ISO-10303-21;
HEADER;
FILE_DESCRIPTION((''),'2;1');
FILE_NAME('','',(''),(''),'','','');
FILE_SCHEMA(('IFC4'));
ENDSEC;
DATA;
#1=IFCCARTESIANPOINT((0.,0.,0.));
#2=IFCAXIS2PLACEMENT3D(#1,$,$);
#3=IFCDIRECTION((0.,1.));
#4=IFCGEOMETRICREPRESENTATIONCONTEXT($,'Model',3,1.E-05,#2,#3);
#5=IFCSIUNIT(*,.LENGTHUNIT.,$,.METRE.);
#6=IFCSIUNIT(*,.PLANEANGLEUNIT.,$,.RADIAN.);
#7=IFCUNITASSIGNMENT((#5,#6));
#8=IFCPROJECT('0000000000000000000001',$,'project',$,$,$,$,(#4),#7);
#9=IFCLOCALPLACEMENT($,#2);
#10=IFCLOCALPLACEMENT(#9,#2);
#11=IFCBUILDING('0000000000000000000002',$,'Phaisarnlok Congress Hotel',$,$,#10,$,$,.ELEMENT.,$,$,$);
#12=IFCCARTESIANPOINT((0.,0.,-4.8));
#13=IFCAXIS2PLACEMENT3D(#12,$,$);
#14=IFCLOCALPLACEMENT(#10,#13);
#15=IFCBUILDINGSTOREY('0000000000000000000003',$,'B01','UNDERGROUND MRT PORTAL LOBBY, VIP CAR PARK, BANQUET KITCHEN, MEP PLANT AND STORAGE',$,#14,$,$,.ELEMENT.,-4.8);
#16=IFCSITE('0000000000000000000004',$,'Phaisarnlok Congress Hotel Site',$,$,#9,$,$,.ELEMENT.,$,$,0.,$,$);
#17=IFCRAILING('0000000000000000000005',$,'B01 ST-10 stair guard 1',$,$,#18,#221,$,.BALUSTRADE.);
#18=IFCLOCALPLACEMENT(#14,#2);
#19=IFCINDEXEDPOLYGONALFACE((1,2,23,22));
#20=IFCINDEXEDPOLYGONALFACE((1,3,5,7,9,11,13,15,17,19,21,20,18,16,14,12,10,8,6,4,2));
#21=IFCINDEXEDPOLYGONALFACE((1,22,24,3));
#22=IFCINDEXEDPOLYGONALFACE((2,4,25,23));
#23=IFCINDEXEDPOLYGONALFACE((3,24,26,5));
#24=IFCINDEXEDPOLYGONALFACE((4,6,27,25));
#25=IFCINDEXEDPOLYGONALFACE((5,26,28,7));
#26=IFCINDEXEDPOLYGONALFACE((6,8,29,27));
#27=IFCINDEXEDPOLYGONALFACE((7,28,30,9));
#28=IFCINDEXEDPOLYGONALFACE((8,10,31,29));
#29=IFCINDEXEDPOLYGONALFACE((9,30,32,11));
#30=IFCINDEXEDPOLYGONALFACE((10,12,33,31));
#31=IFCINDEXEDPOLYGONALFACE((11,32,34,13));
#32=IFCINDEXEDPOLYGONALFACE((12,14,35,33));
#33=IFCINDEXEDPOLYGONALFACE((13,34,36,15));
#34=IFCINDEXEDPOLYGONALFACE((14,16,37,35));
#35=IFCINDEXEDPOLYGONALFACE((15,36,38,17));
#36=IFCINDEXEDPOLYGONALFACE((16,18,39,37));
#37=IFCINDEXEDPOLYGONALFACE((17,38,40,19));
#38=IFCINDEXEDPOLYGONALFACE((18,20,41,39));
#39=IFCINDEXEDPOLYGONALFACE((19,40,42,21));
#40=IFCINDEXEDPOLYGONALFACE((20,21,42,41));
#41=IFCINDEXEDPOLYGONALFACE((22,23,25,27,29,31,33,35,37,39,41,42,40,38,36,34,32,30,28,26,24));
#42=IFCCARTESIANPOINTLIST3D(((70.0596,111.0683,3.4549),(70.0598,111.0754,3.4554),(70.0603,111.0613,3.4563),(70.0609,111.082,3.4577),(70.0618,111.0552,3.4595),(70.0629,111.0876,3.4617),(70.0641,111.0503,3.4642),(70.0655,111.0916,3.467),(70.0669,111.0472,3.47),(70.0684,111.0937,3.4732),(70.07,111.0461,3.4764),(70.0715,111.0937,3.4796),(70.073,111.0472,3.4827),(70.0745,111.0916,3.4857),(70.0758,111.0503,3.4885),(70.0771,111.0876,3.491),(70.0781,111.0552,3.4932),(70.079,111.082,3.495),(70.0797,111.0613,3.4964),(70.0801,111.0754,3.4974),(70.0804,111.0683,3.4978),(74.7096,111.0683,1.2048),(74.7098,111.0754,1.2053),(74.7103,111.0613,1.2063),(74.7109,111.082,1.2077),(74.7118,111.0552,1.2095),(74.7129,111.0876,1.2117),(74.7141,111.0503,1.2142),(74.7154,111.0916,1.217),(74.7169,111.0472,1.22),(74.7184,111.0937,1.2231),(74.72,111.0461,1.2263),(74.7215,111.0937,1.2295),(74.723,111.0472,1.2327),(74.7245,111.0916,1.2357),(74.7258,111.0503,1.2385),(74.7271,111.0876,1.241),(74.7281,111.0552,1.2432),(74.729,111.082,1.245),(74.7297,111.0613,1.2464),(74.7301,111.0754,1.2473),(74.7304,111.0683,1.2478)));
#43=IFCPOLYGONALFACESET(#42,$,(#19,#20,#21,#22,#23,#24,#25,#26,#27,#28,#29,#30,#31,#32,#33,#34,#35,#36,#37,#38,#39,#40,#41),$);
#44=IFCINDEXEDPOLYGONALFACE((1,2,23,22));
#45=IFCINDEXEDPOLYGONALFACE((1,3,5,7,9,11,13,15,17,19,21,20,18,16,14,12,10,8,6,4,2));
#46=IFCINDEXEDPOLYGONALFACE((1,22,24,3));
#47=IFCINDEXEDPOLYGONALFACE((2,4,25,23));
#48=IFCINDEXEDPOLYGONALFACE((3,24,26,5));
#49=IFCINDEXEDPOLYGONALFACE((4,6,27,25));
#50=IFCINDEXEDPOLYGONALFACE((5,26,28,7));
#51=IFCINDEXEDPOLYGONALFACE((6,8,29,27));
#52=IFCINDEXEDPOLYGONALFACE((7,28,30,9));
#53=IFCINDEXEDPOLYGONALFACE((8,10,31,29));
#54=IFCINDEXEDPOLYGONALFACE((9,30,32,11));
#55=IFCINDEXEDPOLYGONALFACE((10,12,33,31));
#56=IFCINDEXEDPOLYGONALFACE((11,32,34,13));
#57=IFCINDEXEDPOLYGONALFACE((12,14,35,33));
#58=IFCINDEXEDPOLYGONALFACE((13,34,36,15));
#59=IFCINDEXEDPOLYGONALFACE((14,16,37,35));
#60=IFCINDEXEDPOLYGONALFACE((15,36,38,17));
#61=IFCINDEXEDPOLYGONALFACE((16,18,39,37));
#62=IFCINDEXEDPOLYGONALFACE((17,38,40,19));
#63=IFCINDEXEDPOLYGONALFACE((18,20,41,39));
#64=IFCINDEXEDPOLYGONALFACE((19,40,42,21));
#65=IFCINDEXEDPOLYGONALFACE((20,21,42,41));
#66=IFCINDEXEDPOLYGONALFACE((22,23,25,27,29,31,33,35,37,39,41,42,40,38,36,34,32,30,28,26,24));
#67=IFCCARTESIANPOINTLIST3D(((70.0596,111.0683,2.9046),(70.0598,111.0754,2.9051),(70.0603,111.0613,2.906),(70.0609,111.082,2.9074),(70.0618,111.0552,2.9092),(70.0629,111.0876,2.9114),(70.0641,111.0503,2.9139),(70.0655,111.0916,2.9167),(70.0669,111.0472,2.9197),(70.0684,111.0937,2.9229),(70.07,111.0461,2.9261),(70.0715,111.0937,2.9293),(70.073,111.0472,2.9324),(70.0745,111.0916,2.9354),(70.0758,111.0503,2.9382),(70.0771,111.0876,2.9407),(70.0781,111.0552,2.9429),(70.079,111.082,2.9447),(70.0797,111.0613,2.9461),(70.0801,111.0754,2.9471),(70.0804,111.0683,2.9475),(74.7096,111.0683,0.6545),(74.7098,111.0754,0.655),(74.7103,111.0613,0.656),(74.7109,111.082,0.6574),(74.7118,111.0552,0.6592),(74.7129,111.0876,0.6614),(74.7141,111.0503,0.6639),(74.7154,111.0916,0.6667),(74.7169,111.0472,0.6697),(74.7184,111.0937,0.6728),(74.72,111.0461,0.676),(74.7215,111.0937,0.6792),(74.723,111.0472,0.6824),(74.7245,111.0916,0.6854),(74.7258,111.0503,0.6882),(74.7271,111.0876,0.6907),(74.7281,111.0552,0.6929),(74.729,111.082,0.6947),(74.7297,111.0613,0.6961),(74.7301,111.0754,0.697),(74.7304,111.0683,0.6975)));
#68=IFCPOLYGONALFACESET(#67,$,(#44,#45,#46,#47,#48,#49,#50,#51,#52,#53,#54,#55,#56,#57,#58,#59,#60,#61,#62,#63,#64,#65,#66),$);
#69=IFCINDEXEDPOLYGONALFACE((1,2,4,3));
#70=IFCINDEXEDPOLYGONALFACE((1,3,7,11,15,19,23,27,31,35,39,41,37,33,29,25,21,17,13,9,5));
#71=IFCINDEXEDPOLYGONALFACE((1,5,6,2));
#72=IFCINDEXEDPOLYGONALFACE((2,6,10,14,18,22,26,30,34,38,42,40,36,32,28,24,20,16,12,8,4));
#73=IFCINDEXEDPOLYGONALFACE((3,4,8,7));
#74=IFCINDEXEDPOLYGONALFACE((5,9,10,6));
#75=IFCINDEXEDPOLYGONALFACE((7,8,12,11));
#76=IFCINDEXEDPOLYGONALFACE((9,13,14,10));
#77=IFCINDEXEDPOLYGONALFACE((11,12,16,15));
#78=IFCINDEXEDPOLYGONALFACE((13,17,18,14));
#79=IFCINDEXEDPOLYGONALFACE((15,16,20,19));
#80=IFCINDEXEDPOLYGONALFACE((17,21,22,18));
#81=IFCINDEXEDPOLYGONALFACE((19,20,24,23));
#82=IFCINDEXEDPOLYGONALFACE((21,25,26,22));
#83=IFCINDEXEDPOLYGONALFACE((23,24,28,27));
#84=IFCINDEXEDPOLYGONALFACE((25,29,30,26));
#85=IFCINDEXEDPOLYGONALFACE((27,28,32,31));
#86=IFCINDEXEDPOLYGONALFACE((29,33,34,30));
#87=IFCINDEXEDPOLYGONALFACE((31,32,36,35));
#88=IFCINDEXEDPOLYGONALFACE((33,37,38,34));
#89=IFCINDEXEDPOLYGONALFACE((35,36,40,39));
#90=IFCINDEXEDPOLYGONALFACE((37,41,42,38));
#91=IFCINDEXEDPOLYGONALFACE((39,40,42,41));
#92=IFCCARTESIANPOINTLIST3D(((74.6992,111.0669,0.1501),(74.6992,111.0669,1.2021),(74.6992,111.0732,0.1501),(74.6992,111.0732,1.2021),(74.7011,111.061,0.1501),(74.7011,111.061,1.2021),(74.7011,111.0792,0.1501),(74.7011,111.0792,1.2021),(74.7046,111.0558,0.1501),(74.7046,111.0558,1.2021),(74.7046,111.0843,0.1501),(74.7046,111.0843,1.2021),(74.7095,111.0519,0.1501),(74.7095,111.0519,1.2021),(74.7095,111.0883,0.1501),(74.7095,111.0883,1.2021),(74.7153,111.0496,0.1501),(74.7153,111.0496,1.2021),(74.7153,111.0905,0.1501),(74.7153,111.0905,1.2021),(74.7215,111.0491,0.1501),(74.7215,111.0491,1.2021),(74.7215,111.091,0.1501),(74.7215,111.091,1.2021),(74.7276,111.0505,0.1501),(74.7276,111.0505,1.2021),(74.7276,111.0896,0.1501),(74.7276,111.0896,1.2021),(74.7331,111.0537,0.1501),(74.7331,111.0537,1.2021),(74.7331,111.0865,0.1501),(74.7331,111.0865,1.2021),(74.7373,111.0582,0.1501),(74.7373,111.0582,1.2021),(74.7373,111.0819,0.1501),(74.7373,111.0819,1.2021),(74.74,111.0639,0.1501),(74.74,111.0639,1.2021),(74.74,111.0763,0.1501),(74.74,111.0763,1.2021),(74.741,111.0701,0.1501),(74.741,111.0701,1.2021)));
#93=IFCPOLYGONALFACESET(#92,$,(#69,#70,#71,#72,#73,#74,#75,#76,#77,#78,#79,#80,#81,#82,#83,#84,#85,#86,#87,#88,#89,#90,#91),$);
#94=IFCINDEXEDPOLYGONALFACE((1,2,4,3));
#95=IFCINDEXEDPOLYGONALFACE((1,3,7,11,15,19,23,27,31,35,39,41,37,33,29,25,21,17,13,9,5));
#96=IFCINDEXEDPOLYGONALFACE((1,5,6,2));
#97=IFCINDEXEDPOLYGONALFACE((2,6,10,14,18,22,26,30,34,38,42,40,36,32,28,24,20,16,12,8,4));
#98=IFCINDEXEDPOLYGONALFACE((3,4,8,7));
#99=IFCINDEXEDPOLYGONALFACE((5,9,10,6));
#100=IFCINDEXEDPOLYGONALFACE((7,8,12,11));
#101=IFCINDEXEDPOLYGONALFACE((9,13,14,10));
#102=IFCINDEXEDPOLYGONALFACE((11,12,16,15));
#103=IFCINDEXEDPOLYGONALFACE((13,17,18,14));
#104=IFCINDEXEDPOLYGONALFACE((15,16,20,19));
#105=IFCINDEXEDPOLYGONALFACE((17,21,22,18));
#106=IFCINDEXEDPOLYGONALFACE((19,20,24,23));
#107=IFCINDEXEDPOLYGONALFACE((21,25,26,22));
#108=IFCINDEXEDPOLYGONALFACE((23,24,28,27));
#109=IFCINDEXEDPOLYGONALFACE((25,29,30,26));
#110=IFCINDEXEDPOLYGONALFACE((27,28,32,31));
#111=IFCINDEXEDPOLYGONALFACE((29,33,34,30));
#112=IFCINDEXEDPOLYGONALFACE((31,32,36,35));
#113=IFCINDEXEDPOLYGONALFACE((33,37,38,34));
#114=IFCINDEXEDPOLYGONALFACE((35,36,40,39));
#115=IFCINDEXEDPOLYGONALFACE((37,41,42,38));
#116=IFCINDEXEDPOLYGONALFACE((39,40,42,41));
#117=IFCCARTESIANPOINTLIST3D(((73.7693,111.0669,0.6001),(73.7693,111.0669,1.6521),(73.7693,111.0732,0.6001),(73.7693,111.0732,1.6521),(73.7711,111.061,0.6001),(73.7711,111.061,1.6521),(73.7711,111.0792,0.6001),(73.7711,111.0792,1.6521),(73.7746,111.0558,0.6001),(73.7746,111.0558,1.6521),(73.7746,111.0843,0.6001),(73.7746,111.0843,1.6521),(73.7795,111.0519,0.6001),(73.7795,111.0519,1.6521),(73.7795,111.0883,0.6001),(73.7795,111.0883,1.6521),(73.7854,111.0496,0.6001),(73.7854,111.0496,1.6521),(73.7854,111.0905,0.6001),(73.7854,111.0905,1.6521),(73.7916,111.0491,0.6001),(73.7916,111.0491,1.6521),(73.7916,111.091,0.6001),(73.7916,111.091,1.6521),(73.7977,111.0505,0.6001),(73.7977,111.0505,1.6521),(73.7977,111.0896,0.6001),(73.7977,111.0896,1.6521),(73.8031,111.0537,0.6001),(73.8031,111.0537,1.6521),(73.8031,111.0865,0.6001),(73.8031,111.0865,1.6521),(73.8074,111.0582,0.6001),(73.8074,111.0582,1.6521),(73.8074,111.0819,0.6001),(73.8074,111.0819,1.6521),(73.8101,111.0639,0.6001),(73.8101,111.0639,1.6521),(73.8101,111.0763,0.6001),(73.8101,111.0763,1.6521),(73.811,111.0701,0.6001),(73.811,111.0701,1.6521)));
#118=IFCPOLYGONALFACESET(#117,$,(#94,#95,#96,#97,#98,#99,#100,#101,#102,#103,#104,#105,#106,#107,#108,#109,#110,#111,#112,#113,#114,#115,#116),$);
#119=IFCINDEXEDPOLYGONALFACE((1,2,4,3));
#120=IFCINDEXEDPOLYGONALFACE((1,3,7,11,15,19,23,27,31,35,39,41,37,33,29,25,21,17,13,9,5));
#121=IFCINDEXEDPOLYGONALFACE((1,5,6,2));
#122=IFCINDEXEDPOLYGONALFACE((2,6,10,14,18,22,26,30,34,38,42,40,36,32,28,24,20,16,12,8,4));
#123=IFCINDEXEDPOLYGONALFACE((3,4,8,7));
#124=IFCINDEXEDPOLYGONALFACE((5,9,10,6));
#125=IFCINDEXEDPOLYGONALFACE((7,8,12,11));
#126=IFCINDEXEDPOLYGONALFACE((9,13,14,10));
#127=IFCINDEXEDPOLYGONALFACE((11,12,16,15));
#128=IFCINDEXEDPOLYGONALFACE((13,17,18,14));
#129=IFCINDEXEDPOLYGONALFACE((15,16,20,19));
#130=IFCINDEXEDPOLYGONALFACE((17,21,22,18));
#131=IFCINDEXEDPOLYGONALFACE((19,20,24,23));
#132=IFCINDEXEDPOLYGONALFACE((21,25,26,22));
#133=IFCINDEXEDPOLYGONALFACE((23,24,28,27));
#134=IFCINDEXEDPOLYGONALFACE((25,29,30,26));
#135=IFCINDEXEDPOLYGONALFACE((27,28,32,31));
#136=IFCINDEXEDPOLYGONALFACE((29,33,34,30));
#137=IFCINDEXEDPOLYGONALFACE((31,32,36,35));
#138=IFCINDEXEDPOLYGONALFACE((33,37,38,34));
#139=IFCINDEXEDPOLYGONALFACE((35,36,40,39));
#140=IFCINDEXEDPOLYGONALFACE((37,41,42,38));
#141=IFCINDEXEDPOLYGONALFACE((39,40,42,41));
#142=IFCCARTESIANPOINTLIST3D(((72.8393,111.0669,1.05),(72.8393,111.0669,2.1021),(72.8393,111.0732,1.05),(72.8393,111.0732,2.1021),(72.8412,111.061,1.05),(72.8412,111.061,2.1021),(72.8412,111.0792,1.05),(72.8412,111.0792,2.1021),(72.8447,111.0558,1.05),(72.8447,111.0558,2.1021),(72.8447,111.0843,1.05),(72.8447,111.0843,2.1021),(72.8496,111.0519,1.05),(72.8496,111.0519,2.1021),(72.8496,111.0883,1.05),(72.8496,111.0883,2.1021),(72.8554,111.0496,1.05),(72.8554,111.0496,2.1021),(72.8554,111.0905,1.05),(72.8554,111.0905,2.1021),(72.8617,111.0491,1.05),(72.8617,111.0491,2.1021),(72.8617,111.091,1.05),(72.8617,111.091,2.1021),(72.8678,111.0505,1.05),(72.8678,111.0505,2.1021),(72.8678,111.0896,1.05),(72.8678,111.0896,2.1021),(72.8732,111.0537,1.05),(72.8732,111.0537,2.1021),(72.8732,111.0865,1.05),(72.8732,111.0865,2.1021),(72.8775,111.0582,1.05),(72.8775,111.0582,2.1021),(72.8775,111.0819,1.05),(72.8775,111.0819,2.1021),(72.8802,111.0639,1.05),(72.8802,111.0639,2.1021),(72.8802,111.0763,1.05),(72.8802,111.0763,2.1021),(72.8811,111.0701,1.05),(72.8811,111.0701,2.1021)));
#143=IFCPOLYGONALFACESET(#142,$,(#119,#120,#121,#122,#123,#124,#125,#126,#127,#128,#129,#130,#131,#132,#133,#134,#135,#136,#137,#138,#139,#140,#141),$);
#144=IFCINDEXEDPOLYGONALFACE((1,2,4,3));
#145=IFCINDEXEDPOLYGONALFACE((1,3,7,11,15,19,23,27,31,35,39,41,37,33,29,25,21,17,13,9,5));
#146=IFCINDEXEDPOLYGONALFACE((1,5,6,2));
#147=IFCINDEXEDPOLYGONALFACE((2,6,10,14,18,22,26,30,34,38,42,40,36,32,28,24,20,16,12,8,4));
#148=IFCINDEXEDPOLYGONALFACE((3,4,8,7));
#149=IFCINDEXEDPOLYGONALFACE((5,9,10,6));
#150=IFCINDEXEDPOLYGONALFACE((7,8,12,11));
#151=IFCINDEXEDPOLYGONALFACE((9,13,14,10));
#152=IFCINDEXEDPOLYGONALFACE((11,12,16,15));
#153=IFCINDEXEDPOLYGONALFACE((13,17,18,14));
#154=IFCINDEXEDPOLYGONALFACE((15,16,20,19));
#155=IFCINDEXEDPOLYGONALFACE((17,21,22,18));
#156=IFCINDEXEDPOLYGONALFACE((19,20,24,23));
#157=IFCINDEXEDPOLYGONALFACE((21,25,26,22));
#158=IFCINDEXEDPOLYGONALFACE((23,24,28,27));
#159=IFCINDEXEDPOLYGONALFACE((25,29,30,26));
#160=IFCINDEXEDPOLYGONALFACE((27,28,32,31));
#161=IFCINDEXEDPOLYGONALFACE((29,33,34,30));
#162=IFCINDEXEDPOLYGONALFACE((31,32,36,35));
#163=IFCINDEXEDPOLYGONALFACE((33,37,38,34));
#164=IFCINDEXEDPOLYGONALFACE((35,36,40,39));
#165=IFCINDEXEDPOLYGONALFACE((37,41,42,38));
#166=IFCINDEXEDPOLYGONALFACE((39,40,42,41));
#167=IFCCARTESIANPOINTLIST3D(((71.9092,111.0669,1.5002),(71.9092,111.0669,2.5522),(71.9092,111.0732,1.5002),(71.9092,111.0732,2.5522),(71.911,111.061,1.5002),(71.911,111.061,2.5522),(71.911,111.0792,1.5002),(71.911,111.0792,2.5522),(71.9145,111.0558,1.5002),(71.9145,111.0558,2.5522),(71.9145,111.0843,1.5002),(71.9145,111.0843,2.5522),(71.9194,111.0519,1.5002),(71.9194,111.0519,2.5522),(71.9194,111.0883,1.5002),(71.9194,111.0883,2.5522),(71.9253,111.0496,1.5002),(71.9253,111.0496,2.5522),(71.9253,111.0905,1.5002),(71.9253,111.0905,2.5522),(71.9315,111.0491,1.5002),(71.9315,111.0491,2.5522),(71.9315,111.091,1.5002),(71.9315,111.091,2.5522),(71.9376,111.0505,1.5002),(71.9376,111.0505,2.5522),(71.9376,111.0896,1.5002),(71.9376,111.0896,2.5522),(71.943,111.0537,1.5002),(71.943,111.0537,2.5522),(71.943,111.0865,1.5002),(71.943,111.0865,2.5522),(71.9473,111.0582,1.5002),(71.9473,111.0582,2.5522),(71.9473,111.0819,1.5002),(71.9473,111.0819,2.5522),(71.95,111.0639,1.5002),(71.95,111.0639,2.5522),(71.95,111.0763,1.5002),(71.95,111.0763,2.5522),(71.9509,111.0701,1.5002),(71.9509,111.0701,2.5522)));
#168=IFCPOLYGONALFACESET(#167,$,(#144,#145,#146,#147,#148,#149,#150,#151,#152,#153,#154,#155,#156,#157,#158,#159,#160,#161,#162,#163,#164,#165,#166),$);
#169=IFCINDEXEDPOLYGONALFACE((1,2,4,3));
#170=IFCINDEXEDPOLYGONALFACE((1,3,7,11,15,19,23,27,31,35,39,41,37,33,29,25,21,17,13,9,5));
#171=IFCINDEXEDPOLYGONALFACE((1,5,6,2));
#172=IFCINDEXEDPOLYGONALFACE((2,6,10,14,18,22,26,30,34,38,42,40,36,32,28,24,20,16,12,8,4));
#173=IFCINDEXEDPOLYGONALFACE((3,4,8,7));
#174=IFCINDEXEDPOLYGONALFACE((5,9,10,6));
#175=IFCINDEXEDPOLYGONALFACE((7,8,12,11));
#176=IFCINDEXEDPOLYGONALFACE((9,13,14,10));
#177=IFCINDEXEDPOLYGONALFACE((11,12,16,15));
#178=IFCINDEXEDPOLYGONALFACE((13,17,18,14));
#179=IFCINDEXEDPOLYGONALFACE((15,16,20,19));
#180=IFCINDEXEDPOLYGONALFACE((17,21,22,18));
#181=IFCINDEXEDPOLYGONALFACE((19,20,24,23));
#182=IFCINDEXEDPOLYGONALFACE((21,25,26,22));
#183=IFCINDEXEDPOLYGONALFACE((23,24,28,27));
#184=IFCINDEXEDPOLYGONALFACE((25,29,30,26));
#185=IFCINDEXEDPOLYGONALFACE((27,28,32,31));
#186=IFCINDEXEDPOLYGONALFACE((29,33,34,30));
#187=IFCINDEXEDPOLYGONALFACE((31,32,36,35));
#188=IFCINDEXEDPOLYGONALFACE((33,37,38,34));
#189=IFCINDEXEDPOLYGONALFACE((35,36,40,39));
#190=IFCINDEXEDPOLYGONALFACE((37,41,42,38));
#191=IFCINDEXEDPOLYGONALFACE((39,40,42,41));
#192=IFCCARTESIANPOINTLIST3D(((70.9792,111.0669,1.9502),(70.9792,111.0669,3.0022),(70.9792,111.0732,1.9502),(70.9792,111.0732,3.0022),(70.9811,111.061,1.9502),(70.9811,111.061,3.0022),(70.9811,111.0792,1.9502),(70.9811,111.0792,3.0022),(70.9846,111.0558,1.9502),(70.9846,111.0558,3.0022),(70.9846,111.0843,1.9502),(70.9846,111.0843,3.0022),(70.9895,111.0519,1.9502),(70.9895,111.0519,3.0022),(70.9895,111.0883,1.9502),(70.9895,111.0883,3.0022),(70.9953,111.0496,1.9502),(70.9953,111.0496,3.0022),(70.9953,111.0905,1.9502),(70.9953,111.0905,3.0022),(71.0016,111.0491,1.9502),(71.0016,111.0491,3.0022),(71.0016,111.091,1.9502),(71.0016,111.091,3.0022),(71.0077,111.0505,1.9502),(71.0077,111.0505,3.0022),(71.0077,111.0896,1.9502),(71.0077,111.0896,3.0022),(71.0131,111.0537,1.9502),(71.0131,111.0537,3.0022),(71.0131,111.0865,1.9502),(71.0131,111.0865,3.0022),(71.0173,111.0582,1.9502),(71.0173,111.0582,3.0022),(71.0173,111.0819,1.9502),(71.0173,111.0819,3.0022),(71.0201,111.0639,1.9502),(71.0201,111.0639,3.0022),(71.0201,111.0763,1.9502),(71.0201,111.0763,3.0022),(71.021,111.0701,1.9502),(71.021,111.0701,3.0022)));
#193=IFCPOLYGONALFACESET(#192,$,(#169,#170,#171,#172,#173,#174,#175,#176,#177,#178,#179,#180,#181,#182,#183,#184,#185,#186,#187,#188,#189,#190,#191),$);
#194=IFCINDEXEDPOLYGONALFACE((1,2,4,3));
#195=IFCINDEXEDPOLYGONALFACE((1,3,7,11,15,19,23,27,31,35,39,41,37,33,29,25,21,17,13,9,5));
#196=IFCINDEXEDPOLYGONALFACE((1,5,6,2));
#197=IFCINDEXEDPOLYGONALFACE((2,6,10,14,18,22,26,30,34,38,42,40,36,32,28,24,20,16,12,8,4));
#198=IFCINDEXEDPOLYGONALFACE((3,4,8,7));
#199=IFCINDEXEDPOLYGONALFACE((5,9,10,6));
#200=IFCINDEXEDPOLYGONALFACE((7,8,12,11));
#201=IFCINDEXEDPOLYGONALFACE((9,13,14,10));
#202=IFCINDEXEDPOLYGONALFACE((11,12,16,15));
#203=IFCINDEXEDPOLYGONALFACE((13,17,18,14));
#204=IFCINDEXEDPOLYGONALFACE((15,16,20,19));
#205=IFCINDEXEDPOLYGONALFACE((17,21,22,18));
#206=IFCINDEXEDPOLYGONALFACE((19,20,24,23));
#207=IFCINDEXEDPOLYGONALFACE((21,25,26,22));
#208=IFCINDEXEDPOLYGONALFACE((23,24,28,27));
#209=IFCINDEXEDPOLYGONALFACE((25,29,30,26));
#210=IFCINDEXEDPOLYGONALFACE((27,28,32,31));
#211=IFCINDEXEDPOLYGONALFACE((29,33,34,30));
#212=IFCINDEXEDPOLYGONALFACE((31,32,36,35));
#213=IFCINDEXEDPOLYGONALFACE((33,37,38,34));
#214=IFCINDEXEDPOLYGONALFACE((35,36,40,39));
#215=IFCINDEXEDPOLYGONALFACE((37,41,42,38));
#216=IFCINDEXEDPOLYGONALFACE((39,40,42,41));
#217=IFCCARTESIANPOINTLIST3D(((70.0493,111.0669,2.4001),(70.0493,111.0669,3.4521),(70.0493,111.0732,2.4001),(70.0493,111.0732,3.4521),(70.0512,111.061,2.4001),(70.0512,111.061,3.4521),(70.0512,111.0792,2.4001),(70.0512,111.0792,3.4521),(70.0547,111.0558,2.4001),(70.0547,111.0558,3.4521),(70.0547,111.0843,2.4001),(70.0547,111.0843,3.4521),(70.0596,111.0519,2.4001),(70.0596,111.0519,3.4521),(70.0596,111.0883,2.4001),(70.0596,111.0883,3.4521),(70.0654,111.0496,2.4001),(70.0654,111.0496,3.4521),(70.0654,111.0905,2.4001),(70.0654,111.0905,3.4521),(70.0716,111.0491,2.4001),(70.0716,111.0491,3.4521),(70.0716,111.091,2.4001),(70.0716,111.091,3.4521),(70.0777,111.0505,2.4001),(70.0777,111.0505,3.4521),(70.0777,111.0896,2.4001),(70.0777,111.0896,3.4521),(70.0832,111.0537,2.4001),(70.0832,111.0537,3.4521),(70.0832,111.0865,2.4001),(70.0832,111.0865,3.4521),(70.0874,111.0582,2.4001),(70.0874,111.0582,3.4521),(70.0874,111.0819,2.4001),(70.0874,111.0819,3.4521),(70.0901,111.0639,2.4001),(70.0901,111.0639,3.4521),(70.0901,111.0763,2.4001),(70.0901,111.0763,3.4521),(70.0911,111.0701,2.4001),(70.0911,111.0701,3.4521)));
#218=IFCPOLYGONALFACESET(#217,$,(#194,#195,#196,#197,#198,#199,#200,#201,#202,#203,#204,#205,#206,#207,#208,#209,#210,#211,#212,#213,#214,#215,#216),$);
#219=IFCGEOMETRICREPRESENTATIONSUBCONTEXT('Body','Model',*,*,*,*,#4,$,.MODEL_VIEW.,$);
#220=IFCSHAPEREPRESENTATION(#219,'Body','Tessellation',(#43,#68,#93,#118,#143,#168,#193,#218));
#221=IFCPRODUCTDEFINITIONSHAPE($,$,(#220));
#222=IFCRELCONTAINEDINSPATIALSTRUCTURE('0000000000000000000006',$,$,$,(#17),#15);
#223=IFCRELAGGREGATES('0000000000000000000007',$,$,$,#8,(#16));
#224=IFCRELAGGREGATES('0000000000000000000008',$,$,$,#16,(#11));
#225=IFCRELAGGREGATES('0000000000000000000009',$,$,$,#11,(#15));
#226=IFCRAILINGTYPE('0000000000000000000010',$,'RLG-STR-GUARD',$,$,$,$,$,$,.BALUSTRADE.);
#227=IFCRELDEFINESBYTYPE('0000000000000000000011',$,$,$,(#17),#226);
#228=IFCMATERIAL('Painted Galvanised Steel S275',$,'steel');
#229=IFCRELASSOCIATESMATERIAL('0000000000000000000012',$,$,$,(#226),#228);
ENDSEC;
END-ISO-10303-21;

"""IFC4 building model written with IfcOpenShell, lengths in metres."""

from ifc_helpers import new_model, si_unit, direction, frame, origin, origin_2d, place, context, subcontext, project, spatial, circle, extrude, material, type_object, element, save


model = new_model("IFC4")

# Units and contexts
model_context = context("Model", 3, precision=1e-05, world=origin(), true_north=direction((0.0, 1.0)))
body_context = subcontext(model_context, "Body", "Model", "MODEL_VIEW")
ifc_project = project(units=[si_unit("LENGTHUNIT", "METRE"), si_unit("PLANEANGLEUNIT", "RADIAN")], contexts=[model_context])

# Site, building, storey
site_placement = place(None, origin())
site = spatial("IfcSite", under=ifc_project, at=site_placement, Name="Phaisarnlok Congress Hotel Site", CompositionType="ELEMENT", RefElevation=0.0)
building_placement = place(site_placement, origin())
building = spatial("IfcBuilding", under=site, at=building_placement, Name="Phaisarnlok Congress Hotel", CompositionType="ELEMENT")
storey_placement = place(building_placement, frame((0.0, 0.0, -4.8)))
storey = spatial("IfcBuildingStorey", under=building, at=storey_placement, Name="B01", Description="UNDERGROUND MRT PORTAL LOBBY, VIP CAR PARK, BANQUET KITCHEN, MEP PLANT AND STORAGE", CompositionType="ELEMENT", Elevation=-4.8)

# Railing
ifc_material_1 = material(Name="Painted Galvanised Steel S275", Category="steel")
railing_type_1 = type_object("IfcRailingType", Name="RLG-STR-GUARD", PredefinedType="BALUSTRADE", material=ifc_material_1)
railing_1_placement = place(storey_placement, frame((74.72, 111.0701, 0.1501)))
element("IfcRailing", 1, at=railing_1_placement, inside=storey, type_object=railing_type_1, Name="B01 ST-10 stair guard 1", PredefinedType="BALUSTRADE", context=body_context, shape_type="SweptSolid", body=[
    extrude(circle(Radius=0.0239, at=origin_2d()), frame((0.0, 0.0, 1.0762), z_axis=(-0.900156, 0.0, 0.435568), x_axis=(0.0, -1.0, 0.0)), (0.0, 0.0, 1.0), 5.1658),
    extrude(circle(Radius=0.0239, at=origin_2d()), frame((0.0, 0.0, 0.5259), z_axis=(-0.900156, 0.0, 0.435568), x_axis=(0.0, -1.0, 0.0)), (0.0, 0.0, 1.0), 5.1658),
    extrude(circle(Radius=0.021, at=origin_2d()), origin(), (0.0, 0.0, 1.0), 1.052),
    extrude(circle(Radius=0.021, at=origin_2d()), frame((-0.9299, 0.0, 0.45)), (0.0, 0.0, 1.0), 1.052),
    extrude(circle(Radius=0.021, at=origin_2d()), frame((-1.8599, 0.0, 0.8999)), (0.0, 0.0, 1.0), 1.052),
    extrude(circle(Radius=0.021, at=origin_2d()), frame((-2.79, 0.0, 1.3501)), (0.0, 0.0, 1.0), 1.052),
    extrude(circle(Radius=0.021, at=origin_2d()), frame((-3.72, 0.0, 1.8)), (0.0, 0.0, 1.0), 1.052),
    extrude(circle(Radius=0.021, at=origin_2d()), frame((-4.6499, 0.0, 2.25)), (0.0, 0.0, 1.0), 1.052),
])

save(model, "model.ifc")
